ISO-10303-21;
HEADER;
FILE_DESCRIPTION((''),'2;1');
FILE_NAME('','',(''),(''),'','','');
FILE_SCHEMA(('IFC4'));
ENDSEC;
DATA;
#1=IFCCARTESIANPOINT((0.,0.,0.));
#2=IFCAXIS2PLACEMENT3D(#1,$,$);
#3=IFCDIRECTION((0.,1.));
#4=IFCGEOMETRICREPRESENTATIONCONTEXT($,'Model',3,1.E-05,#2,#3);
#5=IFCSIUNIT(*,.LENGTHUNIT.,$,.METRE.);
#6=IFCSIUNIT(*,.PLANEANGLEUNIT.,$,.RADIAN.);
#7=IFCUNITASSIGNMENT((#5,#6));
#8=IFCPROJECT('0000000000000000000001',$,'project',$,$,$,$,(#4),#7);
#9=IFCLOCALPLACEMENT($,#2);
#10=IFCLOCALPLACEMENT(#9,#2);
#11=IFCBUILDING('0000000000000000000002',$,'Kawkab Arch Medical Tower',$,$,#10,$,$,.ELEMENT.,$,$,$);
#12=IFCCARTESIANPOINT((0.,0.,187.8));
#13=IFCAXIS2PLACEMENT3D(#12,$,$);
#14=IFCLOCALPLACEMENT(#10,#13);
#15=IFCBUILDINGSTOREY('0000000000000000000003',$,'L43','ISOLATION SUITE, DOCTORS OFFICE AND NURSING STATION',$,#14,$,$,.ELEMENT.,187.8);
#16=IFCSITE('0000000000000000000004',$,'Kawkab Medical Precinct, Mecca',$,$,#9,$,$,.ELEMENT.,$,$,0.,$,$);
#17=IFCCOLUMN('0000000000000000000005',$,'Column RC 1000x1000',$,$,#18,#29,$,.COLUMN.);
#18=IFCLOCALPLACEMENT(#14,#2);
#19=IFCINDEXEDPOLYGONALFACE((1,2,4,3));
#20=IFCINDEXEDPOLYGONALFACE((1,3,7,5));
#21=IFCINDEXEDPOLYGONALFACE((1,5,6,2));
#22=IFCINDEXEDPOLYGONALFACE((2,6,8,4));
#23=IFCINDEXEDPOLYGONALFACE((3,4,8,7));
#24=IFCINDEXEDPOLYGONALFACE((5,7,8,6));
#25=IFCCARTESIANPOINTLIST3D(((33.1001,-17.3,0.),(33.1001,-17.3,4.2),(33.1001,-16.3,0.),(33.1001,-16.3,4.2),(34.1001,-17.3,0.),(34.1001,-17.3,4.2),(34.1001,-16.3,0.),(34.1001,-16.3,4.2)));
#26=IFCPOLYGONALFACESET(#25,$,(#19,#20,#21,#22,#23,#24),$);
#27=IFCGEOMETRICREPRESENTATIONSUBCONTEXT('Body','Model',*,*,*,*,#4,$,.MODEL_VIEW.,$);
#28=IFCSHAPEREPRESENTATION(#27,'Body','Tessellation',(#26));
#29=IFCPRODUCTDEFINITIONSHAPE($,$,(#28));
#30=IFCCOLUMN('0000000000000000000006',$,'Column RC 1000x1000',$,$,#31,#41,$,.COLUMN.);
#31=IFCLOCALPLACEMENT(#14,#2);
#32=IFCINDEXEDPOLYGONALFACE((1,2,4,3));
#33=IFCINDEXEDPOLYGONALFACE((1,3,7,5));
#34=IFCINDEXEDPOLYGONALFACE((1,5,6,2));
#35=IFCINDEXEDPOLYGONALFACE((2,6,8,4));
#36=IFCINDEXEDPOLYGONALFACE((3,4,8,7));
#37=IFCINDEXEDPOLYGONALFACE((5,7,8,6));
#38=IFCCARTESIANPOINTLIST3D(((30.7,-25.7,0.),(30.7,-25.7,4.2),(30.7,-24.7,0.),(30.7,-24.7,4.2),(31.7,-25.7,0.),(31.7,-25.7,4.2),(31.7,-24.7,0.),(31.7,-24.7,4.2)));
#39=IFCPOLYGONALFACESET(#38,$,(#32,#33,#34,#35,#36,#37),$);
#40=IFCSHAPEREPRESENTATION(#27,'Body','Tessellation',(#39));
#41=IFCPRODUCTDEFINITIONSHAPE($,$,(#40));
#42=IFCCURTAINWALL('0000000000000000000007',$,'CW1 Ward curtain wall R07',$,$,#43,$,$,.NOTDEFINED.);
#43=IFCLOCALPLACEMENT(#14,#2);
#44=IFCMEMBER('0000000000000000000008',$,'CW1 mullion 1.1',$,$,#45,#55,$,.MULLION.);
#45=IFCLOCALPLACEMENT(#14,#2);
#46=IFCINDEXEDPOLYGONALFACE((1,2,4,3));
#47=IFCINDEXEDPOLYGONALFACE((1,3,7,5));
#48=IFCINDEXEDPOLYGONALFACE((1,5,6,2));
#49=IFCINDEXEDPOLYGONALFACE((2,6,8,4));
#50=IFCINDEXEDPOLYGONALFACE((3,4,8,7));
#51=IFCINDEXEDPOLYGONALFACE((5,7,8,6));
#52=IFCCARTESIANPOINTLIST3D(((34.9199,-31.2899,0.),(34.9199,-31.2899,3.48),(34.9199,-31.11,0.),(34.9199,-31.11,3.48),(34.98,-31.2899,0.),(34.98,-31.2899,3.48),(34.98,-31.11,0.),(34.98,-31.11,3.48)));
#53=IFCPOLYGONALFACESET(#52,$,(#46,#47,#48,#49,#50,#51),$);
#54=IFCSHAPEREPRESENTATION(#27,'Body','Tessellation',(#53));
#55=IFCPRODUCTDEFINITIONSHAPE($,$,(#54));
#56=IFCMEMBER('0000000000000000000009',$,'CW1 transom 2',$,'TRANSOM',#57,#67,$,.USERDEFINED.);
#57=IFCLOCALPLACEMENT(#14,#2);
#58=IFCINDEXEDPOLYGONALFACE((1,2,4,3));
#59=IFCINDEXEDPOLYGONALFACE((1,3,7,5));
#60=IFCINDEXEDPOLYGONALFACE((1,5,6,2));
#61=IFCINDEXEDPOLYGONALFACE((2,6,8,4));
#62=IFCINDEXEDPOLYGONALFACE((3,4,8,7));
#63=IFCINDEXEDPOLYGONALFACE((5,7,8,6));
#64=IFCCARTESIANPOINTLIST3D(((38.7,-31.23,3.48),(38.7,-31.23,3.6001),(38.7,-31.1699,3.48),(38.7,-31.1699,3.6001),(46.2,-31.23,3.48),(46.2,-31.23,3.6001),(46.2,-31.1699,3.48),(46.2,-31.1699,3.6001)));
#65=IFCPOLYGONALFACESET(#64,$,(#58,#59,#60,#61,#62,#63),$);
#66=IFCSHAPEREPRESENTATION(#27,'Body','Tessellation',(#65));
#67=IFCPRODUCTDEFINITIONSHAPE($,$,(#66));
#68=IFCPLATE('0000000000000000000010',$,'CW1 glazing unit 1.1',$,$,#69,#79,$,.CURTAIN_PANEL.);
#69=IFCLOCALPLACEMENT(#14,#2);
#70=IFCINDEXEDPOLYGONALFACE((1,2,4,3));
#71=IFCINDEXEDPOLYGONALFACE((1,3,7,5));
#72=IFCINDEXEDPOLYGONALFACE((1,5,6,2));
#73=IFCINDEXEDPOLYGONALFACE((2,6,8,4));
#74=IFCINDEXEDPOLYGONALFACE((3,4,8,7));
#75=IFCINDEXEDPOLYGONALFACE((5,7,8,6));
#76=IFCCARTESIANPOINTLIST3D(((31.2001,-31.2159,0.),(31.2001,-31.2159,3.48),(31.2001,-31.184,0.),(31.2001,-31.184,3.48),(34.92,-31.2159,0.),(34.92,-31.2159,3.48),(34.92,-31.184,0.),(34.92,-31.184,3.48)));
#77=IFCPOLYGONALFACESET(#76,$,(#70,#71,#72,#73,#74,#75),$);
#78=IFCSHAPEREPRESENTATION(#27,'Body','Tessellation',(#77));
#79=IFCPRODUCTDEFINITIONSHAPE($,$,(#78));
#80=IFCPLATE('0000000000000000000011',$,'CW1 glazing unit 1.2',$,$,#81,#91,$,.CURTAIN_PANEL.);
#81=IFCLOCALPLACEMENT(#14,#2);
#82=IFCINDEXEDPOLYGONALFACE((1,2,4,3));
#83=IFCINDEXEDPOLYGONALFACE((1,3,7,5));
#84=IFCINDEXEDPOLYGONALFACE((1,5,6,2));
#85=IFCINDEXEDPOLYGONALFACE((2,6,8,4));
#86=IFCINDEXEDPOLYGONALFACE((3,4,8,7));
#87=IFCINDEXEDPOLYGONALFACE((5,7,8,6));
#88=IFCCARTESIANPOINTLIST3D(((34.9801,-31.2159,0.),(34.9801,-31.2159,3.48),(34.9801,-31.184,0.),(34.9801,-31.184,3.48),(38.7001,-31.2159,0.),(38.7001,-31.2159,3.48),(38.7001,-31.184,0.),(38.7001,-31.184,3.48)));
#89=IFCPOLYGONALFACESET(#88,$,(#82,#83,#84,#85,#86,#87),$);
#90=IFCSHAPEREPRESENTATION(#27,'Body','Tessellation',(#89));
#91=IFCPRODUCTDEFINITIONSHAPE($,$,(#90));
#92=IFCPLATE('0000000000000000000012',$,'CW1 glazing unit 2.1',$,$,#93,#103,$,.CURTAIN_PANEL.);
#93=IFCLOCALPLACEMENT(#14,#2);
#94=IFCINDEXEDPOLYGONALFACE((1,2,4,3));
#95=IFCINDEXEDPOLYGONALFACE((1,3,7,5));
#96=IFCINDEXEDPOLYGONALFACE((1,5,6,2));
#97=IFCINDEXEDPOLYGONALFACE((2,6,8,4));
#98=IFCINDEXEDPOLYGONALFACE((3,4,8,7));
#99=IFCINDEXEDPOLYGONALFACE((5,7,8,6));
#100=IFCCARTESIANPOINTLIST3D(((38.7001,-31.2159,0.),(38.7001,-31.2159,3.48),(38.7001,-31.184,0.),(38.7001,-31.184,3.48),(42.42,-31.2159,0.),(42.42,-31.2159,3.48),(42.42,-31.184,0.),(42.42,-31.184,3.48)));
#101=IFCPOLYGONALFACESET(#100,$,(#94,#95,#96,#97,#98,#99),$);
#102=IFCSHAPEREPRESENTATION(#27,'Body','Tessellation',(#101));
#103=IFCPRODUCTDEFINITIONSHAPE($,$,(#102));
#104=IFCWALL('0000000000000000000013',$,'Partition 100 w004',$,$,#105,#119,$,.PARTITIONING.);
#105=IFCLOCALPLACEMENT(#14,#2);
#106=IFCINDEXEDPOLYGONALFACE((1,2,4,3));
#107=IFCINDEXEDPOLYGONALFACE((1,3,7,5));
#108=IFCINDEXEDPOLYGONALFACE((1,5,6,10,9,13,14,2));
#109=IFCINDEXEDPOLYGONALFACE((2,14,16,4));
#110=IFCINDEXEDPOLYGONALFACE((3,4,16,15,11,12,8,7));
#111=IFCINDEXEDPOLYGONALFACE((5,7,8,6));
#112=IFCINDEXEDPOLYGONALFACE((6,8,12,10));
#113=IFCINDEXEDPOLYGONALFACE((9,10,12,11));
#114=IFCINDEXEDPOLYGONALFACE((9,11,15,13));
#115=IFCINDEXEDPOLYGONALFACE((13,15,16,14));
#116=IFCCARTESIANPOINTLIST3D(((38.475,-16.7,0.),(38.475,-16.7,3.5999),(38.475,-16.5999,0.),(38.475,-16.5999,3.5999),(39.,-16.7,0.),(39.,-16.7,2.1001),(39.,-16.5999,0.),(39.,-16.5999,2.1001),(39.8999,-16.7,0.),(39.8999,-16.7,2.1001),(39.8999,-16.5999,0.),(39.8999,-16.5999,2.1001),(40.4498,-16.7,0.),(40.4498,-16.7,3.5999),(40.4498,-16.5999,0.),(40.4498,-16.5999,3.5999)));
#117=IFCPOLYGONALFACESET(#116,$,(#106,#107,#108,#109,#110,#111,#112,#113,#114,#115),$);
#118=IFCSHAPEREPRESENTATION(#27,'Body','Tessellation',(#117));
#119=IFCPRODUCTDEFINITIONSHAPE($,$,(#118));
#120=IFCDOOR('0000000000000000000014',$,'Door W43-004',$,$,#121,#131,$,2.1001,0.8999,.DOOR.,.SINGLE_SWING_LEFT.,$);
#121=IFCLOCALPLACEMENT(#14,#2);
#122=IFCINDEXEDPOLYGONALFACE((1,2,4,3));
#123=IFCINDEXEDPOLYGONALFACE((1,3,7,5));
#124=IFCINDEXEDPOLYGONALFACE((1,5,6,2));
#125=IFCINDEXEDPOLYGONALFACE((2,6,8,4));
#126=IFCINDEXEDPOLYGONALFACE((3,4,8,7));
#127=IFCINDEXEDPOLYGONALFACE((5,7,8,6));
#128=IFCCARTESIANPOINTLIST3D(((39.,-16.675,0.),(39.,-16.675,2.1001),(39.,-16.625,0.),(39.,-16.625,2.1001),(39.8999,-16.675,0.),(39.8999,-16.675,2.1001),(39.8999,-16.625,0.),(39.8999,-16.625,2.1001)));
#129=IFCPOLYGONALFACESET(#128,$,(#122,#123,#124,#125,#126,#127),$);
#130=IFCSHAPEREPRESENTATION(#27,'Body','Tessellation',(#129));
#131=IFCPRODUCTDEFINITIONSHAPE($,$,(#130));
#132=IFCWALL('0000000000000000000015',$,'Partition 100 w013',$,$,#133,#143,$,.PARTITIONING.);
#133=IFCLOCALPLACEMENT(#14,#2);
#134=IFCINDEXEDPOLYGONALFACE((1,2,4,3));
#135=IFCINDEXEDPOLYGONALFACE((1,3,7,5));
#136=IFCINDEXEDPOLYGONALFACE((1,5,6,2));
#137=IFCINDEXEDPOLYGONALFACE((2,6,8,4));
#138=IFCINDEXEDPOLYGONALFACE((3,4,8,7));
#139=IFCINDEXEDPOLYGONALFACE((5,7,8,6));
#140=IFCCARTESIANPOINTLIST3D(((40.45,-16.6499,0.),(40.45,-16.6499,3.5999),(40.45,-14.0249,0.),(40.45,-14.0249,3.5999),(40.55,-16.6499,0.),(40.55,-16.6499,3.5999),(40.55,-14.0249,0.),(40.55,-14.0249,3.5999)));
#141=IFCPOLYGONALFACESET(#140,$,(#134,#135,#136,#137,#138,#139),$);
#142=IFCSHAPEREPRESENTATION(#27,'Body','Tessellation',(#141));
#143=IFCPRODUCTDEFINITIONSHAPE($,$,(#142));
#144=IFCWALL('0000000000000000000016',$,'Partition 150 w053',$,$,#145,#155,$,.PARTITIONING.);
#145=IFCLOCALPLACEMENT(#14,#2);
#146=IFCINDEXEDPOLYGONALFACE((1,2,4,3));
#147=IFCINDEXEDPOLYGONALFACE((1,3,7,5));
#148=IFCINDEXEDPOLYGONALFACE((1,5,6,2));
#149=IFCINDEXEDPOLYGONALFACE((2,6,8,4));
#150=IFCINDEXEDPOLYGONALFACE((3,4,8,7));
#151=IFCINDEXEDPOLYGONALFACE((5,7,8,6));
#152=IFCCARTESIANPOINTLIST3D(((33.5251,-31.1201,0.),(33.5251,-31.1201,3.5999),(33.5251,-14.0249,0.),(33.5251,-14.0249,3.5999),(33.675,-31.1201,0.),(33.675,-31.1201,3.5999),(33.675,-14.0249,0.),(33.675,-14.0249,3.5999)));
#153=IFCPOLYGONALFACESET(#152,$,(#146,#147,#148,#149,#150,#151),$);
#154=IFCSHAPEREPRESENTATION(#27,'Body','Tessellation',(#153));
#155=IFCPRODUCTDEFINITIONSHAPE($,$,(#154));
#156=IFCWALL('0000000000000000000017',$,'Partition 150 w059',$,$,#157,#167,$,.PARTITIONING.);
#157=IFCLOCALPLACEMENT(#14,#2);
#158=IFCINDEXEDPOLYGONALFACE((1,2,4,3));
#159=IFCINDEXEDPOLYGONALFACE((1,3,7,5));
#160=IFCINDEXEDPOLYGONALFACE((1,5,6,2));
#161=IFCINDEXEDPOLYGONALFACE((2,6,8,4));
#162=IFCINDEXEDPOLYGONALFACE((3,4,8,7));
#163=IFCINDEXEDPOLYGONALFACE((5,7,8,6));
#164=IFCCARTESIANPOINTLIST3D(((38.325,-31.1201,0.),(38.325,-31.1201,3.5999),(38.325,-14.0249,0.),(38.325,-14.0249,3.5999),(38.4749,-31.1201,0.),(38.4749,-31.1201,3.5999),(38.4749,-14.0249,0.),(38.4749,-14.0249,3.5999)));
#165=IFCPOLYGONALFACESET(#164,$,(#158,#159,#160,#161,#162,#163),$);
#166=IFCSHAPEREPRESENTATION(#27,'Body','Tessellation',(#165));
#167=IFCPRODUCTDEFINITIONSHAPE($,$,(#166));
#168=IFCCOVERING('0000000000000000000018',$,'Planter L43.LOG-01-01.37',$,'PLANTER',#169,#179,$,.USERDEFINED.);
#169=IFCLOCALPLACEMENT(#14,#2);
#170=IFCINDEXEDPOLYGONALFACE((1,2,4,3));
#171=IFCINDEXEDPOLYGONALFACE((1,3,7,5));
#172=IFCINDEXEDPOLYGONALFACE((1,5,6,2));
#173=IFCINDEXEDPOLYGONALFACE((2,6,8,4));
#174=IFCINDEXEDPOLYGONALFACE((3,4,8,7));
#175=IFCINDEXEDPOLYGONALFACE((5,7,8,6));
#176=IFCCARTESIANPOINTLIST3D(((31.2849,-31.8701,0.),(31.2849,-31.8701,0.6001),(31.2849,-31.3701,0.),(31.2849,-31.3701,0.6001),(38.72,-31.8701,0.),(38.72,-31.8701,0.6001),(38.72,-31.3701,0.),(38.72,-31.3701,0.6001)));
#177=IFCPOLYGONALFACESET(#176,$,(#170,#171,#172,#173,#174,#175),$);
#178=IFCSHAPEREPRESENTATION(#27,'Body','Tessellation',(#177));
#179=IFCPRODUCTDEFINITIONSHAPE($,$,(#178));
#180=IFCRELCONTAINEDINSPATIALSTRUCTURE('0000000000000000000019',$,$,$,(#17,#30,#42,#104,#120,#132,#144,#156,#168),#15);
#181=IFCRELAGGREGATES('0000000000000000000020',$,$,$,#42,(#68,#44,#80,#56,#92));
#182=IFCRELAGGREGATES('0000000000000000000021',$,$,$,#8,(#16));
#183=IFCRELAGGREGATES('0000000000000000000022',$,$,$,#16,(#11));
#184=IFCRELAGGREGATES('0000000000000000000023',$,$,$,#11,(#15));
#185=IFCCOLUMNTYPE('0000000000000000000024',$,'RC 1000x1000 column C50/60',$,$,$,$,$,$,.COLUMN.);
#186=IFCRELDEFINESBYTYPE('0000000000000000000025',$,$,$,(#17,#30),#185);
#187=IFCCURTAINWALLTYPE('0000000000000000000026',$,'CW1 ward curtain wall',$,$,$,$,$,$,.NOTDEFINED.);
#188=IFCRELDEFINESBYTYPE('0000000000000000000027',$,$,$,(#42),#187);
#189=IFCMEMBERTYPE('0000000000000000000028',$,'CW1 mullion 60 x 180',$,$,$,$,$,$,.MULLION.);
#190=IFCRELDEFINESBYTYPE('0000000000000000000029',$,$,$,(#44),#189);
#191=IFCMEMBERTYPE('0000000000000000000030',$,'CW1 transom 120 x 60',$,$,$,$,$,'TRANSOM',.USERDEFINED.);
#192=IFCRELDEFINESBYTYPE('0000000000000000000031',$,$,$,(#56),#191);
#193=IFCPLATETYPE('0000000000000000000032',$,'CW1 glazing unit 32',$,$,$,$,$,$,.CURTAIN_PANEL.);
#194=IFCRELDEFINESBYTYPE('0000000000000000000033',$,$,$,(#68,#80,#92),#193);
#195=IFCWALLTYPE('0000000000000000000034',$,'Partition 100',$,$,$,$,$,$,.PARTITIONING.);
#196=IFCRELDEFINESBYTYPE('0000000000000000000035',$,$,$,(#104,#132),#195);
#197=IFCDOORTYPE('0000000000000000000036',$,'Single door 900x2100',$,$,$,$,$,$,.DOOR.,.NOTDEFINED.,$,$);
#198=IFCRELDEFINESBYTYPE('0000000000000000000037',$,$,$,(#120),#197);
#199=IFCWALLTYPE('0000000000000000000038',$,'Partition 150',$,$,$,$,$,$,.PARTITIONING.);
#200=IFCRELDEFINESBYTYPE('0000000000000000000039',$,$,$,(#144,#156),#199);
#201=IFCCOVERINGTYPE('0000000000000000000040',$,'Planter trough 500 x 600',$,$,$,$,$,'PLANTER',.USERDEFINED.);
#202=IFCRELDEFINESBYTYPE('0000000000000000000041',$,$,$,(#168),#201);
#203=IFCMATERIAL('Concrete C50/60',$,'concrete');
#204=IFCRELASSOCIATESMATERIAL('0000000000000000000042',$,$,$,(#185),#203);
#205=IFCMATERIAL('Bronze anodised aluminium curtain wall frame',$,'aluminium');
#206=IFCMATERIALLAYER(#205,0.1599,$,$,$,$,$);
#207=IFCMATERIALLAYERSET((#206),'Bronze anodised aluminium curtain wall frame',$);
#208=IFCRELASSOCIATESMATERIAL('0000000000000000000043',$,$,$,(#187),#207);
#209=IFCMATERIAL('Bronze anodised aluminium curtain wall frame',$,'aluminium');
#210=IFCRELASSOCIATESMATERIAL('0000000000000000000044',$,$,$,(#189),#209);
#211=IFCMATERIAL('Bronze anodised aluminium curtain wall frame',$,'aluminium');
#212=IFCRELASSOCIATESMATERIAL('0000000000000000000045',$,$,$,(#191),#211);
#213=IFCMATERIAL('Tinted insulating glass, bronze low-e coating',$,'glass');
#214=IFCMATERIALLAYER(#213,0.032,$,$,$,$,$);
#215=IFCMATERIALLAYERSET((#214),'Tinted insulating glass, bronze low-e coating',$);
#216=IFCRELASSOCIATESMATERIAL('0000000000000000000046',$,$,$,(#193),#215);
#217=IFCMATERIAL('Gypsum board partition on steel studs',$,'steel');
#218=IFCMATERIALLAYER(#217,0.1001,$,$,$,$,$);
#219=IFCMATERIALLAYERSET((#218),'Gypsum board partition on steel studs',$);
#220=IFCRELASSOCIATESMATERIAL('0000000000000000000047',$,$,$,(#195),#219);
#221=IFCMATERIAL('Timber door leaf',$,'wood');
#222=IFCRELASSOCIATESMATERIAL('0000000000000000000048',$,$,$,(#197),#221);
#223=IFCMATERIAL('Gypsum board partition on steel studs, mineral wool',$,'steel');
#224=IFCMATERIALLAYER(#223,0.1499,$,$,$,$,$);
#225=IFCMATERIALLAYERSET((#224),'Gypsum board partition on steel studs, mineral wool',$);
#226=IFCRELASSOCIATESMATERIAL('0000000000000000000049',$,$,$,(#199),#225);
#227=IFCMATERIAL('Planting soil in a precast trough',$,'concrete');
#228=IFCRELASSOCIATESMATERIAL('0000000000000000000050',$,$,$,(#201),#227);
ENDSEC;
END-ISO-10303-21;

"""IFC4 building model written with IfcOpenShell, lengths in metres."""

from ifc_helpers import new_model, si_unit, direction, frame, frame_2d, origin, origin_2d, place, context, subcontext, project, spatial, rectangle, extrude, material, layer, layer_set, material_profile, profile_set, type_object, element, fill, aggregate, save


model = new_model("IFC4")

# Units and contexts
model_context = context("Model", 3, precision=1e-05, world=origin(), true_north=direction((0.0, 1.0)))
body_context = subcontext(model_context, "Body", "Model", "MODEL_VIEW")
ifc_project = project(units=[si_unit("LENGTHUNIT", "METRE"), si_unit("PLANEANGLEUNIT", "RADIAN")], contexts=[model_context])

# Site, building, storey
site_placement = place(None, origin())
site = spatial("IfcSite", under=ifc_project, at=site_placement, Name="Kawkab Medical Precinct, Mecca", CompositionType="ELEMENT", RefElevation=0.0)
building_placement = place(site_placement, origin())
building = spatial("IfcBuilding", under=site, at=building_placement, Name="Kawkab Arch Medical Tower", CompositionType="ELEMENT")
storey_placement = place(building_placement, frame((0.0, 0.0, 187.8)))
storey = spatial("IfcBuildingStorey", under=building, at=storey_placement, Name="L43", Description="ISOLATION SUITE, DOCTORS OFFICE AND NURSING STATION", CompositionType="ELEMENT", Elevation=187.8)

# Columns
ifc_material_1 = material(Name="Concrete C50/60", Category="concrete")
ifc_material_profile_1 = material_profile(ifc_material_1, rectangle(XDim=1.0, YDim=1.0, at=origin_2d()), Name="RC 1000x1000")
ifc_profile_set_1 = profile_set([ifc_material_profile_1], Name="Concrete C50/60")
column_type = type_object("IfcColumnType", Name="RC 1000x1000 column C50/60", PredefinedType="COLUMN", material=ifc_profile_set_1)
for number, where, z_axis, x_axis, name in (
    (1, (33.6001, -16.8, 0.0), (0.0, 0.0, 1.0), (1.0, 0.0, 0.0), "Column RC 1000x1000"),
    (2, (31.2, -25.2, 0.0), (0.0, 0.0, 1.0), (1.0, 0.0, 0.0), "Column RC 1000x1000"),
):
    element("IfcColumn", number, at=place(storey_placement, frame(where, z_axis=z_axis, x_axis=x_axis)), inside=storey, type_object=column_type, Name=name, PredefinedType="COLUMN", context=body_context, shape_type="SweptSolid", body=[
        extrude(rectangle(XDim=1.0, YDim=1.0, at=origin_2d()), origin(), (0.0, 0.0, 1.0), 4.2),
    ])

# Curtain wall, members, plates
ifc_material_2 = material(Name="Bronze anodised aluminium curtain wall frame", Category="aluminium")
ifc_layer_1 = layer(ifc_material_2, 0.1599)
ifc_layer_set_1 = layer_set([ifc_layer_1], Name="Bronze anodised aluminium curtain wall frame")
curtain_wall_type = type_object("IfcCurtainWallType", Name="CW1 ward curtain wall", PredefinedType="NOTDEFINED", material=ifc_layer_set_1)
curtain_wall_placement = place(storey_placement, origin())
curtain_wall = element("IfcCurtainWall", 3, at=curtain_wall_placement, inside=storey, type_object=curtain_wall_type, Name="CW1 Ward curtain wall R07", PredefinedType="NOTDEFINED")
ifc_material_3 = material(Name="Bronze anodised aluminium curtain wall frame", Category="aluminium")
ifc_material_profile_2 = material_profile(ifc_material_3, rectangle(XDim=0.1799, YDim=0.0601, at=origin_2d()), Name="AL 60x180")
ifc_profile_set_2 = profile_set([ifc_material_profile_2], Name="Bronze anodised aluminium curtain wall frame")
member_type_1 = type_object("IfcMemberType", Name="CW1 mullion 60 x 180", PredefinedType="MULLION", material=ifc_profile_set_2)
member_1_placement = place(storey_placement, frame((34.95, -31.2, 0.0), z_axis=(0.0, 0.0, 1.0), x_axis=(0.0, 1.0, 0.0)))
member_1 = element("IfcMember", 4, at=member_1_placement, type_object=member_type_1, Name="CW1 mullion 1.1", PredefinedType="MULLION", context=body_context, shape_type="SweptSolid", body=[
    extrude(rectangle(XDim=0.1799, YDim=0.0601, at=origin_2d()), origin(), (0.0, 0.0, 1.0), 3.48),
])
ifc_material_4 = material(Name="Bronze anodised aluminium curtain wall frame", Category="aluminium")
ifc_material_profile_3 = material_profile(ifc_material_4, rectangle(XDim=0.0601, YDim=0.1201, at=origin_2d()), Name="AL 60x120")
ifc_profile_set_3 = profile_set([ifc_material_profile_3], Name="Bronze anodised aluminium curtain wall frame")
member_type_2 = type_object("IfcMemberType", Name="CW1 transom 120 x 60", ElementType="TRANSOM", PredefinedType="USERDEFINED", material=ifc_profile_set_3)
member_2_placement = place(storey_placement, frame((38.7, -31.2, 3.54), z_axis=(1.0, 0.0, 0.0), x_axis=(0.0, 1.0, 0.0)))
member_2 = element("IfcMember", 5, at=member_2_placement, type_object=member_type_2, Name="CW1 transom 2", ObjectType="TRANSOM", PredefinedType="USERDEFINED", context=body_context, shape_type="SweptSolid", body=[
    extrude(rectangle(XDim=0.0601, YDim=0.1201, at=origin_2d()), origin(), (0.0, 0.0, 1.0), 7.5),
])
ifc_material_5 = material(Name="Tinted insulating glass, bronze low-e coating", Category="glass")
ifc_layer_2 = layer(ifc_material_5, 0.032)
ifc_layer_set_2 = layer_set([ifc_layer_2], Name="Tinted insulating glass, bronze low-e coating")
plate_type = type_object("IfcPlateType", Name="CW1 glazing unit 32", PredefinedType="CURTAIN_PANEL", material=ifc_layer_set_2)
plate_1_placement = place(storey_placement, frame((33.0601, -31.2, 0.0), z_axis=(0.0, 0.0, 1.0), x_axis=(1.0, 0.0, 0.0)))
plate_1 = element("IfcPlate", 6, at=plate_1_placement, type_object=plate_type, Name="CW1 glazing unit 1.1", PredefinedType="CURTAIN_PANEL", context=body_context, shape_type="SweptSolid", body=[
    extrude(rectangle(XDim=3.72, YDim=0.032, at=origin_2d()), origin(), (0.0, 0.0, 1.0), 3.48),
])
plate_2_placement = place(storey_placement, frame((36.8401, -31.2, 0.0), z_axis=(0.0, 0.0, 1.0), x_axis=(1.0, 0.0, 0.0)))
plate_2 = element("IfcPlate", 7, at=plate_2_placement, type_object=plate_type, Name="CW1 glazing unit 1.2", PredefinedType="CURTAIN_PANEL", context=body_context, shape_type="SweptSolid", body=[
    extrude(rectangle(XDim=3.72, YDim=0.032, at=origin_2d()), origin(), (0.0, 0.0, 1.0), 3.48),
])
plate_3_placement = place(storey_placement, frame((40.5601, -31.2, 0.0), z_axis=(0.0, 0.0, 1.0), x_axis=(1.0, 0.0, 0.0)))
plate_3 = element("IfcPlate", 8, at=plate_3_placement, type_object=plate_type, Name="CW1 glazing unit 2.1", PredefinedType="CURTAIN_PANEL", context=body_context, shape_type="SweptSolid", body=[
    extrude(rectangle(XDim=3.72, YDim=0.032, at=origin_2d()), origin(), (0.0, 0.0, 1.0), 3.48),
])
aggregate(curtain_wall, [plate_1, member_1, plate_2, member_2, plate_3])

# Wall, opening, door
ifc_material_6 = material(Name="Gypsum board partition on steel studs", Category="steel")
ifc_layer_3 = layer(ifc_material_6, 0.1001)
ifc_layer_set_3 = layer_set([ifc_layer_3], Name="Gypsum board partition on steel studs")
wall_type_1 = type_object("IfcWallType", Name="Partition 100", PredefinedType="PARTITIONING", material=ifc_layer_set_3)
wall_1_placement = place(storey_placement, frame((38.4751, -16.6499, 0.0), z_axis=(0.0, 0.0, 1.0), x_axis=(1.0, 0.0, 0.0)))
wall_1 = element("IfcWall", 9, at=wall_1_placement, inside=storey, type_object=wall_type_1, Name="Partition 100 w004", PredefinedType="PARTITIONING", context=body_context, shape_type="SweptSolid", body=[
    extrude(rectangle(XDim=1.9749, YDim=0.1001, at=frame_2d((0.9873, 0.0))), origin(), (0.0, 0.0, 1.0), 3.5999),
])
opening_placement = place(wall_1_placement, frame((0.5249, 0.0, 0.0)))
opening = element("IfcOpeningElement", 10, at=opening_placement, cuts=wall_1, PredefinedType="OPENING", context=body_context, shape_type="SweptSolid", body=[
    extrude(rectangle(XDim=0.8999, YDim=2.1001, at=frame_2d((0.45, 1.05))), frame((0.0, 0.0601, 0.0), z_axis=(0.0, -1.0, 0.0), x_axis=(1.0, 0.0, 0.0)), (0.0, 0.0, 1.0), 0.1201),
])
ifc_material_7 = material(Name="Timber door leaf", Category="wood")
door_type = type_object("IfcDoorType", Name="Single door 900x2100", OperationType="NOTDEFINED", PredefinedType="DOOR", material=ifc_material_7)
door_placement = place(opening_placement, origin())
door = element("IfcDoor", 11, at=door_placement, inside=storey, type_object=door_type, Name="Door W43-004", OperationType="SINGLE_SWING_LEFT", OverallHeight=2.1001, OverallWidth=0.8999, PredefinedType="DOOR", context=body_context, shape_type="SweptSolid", body=[
    extrude(rectangle(XDim=0.8999, YDim=2.1001, at=frame_2d((0.45, 1.05))), frame((0.0, 0.0249, 0.0), z_axis=(0.0, -1.0, 0.0), x_axis=(1.0, 0.0, 0.0)), (0.0, 0.0, 1.0), 0.05),
])
fill(opening, door)

# Walls
wall_2_placement = place(storey_placement, frame((40.5, -16.6499, 0.0), z_axis=(0.0, 0.0, 1.0), x_axis=(0.0, 1.0, 0.0)))
element("IfcWall", 12, at=wall_2_placement, inside=storey, type_object=wall_type_1, Name="Partition 100 w013", PredefinedType="PARTITIONING", context=body_context, shape_type="SweptSolid", body=[
    extrude(rectangle(XDim=2.625, YDim=0.1001, at=frame_2d((1.3125, 0.0))), origin(), (0.0, 0.0, 1.0), 3.5999),
])
ifc_material_8 = material(Name="Gypsum board partition on steel studs, mineral wool", Category="steel")
ifc_layer_4 = layer(ifc_material_8, 0.1499)
ifc_layer_set_4 = layer_set([ifc_layer_4], Name="Gypsum board partition on steel studs, mineral wool")
wall_type_2 = type_object("IfcWallType", Name="Partition 150", PredefinedType="PARTITIONING", material=ifc_layer_set_4)
for number, where, z_axis, x_axis, name in (
    (13, (33.6001, -31.1201, 0.0), (0.0, 0.0, 1.0), (0.0, 1.0, 0.0), "Partition 150 w053"),
    (14, (38.3999, -31.1201, 0.0), (0.0, 0.0, 1.0), (0.0, 1.0, 0.0), "Partition 150 w059"),
):
    element("IfcWall", number, at=place(storey_placement, frame(where, z_axis=z_axis, x_axis=x_axis)), inside=storey, type_object=wall_type_2, Name=name, PredefinedType="PARTITIONING", context=body_context, shape_type="SweptSolid", body=[
        extrude(rectangle(XDim=17.0952, YDim=0.1499, at=frame_2d((8.5476, 0.0))), origin(), (0.0, 0.0, 1.0), 3.5999),
    ])

# Covering
ifc_material_9 = material(Name="Planting soil in a precast trough", Category="concrete")
ifc_material_profile_4 = material_profile(ifc_material_9, rectangle(XDim=0.5, YDim=0.6001, at=origin_2d()), Name="Trough 500x600")
ifc_profile_set_4 = profile_set([ifc_material_profile_4], Name="Planting soil in a precast trough")
covering_type = type_object("IfcCoveringType", Name="Planter trough 500 x 600", ElementType="PLANTER", PredefinedType="USERDEFINED", material=ifc_profile_set_4)
covering_placement = place(storey_placement, frame((38.72, -31.6201, 0.3), z_axis=(-1.0, 0.0, 0.0), x_axis=(0.0, -1.0, 0.0)))
element("IfcCovering", 15, at=covering_placement, inside=storey, type_object=covering_type, Name="Planter L43.LOG-01-01.37", ObjectType="PLANTER", PredefinedType="USERDEFINED", context=body_context, shape_type="SweptSolid", body=[
    extrude(rectangle(XDim=0.5, YDim=0.6001, at=origin_2d()), origin(), (0.0, 0.0, 1.0), 7.4351),
])

save(model, "model.ifc")
